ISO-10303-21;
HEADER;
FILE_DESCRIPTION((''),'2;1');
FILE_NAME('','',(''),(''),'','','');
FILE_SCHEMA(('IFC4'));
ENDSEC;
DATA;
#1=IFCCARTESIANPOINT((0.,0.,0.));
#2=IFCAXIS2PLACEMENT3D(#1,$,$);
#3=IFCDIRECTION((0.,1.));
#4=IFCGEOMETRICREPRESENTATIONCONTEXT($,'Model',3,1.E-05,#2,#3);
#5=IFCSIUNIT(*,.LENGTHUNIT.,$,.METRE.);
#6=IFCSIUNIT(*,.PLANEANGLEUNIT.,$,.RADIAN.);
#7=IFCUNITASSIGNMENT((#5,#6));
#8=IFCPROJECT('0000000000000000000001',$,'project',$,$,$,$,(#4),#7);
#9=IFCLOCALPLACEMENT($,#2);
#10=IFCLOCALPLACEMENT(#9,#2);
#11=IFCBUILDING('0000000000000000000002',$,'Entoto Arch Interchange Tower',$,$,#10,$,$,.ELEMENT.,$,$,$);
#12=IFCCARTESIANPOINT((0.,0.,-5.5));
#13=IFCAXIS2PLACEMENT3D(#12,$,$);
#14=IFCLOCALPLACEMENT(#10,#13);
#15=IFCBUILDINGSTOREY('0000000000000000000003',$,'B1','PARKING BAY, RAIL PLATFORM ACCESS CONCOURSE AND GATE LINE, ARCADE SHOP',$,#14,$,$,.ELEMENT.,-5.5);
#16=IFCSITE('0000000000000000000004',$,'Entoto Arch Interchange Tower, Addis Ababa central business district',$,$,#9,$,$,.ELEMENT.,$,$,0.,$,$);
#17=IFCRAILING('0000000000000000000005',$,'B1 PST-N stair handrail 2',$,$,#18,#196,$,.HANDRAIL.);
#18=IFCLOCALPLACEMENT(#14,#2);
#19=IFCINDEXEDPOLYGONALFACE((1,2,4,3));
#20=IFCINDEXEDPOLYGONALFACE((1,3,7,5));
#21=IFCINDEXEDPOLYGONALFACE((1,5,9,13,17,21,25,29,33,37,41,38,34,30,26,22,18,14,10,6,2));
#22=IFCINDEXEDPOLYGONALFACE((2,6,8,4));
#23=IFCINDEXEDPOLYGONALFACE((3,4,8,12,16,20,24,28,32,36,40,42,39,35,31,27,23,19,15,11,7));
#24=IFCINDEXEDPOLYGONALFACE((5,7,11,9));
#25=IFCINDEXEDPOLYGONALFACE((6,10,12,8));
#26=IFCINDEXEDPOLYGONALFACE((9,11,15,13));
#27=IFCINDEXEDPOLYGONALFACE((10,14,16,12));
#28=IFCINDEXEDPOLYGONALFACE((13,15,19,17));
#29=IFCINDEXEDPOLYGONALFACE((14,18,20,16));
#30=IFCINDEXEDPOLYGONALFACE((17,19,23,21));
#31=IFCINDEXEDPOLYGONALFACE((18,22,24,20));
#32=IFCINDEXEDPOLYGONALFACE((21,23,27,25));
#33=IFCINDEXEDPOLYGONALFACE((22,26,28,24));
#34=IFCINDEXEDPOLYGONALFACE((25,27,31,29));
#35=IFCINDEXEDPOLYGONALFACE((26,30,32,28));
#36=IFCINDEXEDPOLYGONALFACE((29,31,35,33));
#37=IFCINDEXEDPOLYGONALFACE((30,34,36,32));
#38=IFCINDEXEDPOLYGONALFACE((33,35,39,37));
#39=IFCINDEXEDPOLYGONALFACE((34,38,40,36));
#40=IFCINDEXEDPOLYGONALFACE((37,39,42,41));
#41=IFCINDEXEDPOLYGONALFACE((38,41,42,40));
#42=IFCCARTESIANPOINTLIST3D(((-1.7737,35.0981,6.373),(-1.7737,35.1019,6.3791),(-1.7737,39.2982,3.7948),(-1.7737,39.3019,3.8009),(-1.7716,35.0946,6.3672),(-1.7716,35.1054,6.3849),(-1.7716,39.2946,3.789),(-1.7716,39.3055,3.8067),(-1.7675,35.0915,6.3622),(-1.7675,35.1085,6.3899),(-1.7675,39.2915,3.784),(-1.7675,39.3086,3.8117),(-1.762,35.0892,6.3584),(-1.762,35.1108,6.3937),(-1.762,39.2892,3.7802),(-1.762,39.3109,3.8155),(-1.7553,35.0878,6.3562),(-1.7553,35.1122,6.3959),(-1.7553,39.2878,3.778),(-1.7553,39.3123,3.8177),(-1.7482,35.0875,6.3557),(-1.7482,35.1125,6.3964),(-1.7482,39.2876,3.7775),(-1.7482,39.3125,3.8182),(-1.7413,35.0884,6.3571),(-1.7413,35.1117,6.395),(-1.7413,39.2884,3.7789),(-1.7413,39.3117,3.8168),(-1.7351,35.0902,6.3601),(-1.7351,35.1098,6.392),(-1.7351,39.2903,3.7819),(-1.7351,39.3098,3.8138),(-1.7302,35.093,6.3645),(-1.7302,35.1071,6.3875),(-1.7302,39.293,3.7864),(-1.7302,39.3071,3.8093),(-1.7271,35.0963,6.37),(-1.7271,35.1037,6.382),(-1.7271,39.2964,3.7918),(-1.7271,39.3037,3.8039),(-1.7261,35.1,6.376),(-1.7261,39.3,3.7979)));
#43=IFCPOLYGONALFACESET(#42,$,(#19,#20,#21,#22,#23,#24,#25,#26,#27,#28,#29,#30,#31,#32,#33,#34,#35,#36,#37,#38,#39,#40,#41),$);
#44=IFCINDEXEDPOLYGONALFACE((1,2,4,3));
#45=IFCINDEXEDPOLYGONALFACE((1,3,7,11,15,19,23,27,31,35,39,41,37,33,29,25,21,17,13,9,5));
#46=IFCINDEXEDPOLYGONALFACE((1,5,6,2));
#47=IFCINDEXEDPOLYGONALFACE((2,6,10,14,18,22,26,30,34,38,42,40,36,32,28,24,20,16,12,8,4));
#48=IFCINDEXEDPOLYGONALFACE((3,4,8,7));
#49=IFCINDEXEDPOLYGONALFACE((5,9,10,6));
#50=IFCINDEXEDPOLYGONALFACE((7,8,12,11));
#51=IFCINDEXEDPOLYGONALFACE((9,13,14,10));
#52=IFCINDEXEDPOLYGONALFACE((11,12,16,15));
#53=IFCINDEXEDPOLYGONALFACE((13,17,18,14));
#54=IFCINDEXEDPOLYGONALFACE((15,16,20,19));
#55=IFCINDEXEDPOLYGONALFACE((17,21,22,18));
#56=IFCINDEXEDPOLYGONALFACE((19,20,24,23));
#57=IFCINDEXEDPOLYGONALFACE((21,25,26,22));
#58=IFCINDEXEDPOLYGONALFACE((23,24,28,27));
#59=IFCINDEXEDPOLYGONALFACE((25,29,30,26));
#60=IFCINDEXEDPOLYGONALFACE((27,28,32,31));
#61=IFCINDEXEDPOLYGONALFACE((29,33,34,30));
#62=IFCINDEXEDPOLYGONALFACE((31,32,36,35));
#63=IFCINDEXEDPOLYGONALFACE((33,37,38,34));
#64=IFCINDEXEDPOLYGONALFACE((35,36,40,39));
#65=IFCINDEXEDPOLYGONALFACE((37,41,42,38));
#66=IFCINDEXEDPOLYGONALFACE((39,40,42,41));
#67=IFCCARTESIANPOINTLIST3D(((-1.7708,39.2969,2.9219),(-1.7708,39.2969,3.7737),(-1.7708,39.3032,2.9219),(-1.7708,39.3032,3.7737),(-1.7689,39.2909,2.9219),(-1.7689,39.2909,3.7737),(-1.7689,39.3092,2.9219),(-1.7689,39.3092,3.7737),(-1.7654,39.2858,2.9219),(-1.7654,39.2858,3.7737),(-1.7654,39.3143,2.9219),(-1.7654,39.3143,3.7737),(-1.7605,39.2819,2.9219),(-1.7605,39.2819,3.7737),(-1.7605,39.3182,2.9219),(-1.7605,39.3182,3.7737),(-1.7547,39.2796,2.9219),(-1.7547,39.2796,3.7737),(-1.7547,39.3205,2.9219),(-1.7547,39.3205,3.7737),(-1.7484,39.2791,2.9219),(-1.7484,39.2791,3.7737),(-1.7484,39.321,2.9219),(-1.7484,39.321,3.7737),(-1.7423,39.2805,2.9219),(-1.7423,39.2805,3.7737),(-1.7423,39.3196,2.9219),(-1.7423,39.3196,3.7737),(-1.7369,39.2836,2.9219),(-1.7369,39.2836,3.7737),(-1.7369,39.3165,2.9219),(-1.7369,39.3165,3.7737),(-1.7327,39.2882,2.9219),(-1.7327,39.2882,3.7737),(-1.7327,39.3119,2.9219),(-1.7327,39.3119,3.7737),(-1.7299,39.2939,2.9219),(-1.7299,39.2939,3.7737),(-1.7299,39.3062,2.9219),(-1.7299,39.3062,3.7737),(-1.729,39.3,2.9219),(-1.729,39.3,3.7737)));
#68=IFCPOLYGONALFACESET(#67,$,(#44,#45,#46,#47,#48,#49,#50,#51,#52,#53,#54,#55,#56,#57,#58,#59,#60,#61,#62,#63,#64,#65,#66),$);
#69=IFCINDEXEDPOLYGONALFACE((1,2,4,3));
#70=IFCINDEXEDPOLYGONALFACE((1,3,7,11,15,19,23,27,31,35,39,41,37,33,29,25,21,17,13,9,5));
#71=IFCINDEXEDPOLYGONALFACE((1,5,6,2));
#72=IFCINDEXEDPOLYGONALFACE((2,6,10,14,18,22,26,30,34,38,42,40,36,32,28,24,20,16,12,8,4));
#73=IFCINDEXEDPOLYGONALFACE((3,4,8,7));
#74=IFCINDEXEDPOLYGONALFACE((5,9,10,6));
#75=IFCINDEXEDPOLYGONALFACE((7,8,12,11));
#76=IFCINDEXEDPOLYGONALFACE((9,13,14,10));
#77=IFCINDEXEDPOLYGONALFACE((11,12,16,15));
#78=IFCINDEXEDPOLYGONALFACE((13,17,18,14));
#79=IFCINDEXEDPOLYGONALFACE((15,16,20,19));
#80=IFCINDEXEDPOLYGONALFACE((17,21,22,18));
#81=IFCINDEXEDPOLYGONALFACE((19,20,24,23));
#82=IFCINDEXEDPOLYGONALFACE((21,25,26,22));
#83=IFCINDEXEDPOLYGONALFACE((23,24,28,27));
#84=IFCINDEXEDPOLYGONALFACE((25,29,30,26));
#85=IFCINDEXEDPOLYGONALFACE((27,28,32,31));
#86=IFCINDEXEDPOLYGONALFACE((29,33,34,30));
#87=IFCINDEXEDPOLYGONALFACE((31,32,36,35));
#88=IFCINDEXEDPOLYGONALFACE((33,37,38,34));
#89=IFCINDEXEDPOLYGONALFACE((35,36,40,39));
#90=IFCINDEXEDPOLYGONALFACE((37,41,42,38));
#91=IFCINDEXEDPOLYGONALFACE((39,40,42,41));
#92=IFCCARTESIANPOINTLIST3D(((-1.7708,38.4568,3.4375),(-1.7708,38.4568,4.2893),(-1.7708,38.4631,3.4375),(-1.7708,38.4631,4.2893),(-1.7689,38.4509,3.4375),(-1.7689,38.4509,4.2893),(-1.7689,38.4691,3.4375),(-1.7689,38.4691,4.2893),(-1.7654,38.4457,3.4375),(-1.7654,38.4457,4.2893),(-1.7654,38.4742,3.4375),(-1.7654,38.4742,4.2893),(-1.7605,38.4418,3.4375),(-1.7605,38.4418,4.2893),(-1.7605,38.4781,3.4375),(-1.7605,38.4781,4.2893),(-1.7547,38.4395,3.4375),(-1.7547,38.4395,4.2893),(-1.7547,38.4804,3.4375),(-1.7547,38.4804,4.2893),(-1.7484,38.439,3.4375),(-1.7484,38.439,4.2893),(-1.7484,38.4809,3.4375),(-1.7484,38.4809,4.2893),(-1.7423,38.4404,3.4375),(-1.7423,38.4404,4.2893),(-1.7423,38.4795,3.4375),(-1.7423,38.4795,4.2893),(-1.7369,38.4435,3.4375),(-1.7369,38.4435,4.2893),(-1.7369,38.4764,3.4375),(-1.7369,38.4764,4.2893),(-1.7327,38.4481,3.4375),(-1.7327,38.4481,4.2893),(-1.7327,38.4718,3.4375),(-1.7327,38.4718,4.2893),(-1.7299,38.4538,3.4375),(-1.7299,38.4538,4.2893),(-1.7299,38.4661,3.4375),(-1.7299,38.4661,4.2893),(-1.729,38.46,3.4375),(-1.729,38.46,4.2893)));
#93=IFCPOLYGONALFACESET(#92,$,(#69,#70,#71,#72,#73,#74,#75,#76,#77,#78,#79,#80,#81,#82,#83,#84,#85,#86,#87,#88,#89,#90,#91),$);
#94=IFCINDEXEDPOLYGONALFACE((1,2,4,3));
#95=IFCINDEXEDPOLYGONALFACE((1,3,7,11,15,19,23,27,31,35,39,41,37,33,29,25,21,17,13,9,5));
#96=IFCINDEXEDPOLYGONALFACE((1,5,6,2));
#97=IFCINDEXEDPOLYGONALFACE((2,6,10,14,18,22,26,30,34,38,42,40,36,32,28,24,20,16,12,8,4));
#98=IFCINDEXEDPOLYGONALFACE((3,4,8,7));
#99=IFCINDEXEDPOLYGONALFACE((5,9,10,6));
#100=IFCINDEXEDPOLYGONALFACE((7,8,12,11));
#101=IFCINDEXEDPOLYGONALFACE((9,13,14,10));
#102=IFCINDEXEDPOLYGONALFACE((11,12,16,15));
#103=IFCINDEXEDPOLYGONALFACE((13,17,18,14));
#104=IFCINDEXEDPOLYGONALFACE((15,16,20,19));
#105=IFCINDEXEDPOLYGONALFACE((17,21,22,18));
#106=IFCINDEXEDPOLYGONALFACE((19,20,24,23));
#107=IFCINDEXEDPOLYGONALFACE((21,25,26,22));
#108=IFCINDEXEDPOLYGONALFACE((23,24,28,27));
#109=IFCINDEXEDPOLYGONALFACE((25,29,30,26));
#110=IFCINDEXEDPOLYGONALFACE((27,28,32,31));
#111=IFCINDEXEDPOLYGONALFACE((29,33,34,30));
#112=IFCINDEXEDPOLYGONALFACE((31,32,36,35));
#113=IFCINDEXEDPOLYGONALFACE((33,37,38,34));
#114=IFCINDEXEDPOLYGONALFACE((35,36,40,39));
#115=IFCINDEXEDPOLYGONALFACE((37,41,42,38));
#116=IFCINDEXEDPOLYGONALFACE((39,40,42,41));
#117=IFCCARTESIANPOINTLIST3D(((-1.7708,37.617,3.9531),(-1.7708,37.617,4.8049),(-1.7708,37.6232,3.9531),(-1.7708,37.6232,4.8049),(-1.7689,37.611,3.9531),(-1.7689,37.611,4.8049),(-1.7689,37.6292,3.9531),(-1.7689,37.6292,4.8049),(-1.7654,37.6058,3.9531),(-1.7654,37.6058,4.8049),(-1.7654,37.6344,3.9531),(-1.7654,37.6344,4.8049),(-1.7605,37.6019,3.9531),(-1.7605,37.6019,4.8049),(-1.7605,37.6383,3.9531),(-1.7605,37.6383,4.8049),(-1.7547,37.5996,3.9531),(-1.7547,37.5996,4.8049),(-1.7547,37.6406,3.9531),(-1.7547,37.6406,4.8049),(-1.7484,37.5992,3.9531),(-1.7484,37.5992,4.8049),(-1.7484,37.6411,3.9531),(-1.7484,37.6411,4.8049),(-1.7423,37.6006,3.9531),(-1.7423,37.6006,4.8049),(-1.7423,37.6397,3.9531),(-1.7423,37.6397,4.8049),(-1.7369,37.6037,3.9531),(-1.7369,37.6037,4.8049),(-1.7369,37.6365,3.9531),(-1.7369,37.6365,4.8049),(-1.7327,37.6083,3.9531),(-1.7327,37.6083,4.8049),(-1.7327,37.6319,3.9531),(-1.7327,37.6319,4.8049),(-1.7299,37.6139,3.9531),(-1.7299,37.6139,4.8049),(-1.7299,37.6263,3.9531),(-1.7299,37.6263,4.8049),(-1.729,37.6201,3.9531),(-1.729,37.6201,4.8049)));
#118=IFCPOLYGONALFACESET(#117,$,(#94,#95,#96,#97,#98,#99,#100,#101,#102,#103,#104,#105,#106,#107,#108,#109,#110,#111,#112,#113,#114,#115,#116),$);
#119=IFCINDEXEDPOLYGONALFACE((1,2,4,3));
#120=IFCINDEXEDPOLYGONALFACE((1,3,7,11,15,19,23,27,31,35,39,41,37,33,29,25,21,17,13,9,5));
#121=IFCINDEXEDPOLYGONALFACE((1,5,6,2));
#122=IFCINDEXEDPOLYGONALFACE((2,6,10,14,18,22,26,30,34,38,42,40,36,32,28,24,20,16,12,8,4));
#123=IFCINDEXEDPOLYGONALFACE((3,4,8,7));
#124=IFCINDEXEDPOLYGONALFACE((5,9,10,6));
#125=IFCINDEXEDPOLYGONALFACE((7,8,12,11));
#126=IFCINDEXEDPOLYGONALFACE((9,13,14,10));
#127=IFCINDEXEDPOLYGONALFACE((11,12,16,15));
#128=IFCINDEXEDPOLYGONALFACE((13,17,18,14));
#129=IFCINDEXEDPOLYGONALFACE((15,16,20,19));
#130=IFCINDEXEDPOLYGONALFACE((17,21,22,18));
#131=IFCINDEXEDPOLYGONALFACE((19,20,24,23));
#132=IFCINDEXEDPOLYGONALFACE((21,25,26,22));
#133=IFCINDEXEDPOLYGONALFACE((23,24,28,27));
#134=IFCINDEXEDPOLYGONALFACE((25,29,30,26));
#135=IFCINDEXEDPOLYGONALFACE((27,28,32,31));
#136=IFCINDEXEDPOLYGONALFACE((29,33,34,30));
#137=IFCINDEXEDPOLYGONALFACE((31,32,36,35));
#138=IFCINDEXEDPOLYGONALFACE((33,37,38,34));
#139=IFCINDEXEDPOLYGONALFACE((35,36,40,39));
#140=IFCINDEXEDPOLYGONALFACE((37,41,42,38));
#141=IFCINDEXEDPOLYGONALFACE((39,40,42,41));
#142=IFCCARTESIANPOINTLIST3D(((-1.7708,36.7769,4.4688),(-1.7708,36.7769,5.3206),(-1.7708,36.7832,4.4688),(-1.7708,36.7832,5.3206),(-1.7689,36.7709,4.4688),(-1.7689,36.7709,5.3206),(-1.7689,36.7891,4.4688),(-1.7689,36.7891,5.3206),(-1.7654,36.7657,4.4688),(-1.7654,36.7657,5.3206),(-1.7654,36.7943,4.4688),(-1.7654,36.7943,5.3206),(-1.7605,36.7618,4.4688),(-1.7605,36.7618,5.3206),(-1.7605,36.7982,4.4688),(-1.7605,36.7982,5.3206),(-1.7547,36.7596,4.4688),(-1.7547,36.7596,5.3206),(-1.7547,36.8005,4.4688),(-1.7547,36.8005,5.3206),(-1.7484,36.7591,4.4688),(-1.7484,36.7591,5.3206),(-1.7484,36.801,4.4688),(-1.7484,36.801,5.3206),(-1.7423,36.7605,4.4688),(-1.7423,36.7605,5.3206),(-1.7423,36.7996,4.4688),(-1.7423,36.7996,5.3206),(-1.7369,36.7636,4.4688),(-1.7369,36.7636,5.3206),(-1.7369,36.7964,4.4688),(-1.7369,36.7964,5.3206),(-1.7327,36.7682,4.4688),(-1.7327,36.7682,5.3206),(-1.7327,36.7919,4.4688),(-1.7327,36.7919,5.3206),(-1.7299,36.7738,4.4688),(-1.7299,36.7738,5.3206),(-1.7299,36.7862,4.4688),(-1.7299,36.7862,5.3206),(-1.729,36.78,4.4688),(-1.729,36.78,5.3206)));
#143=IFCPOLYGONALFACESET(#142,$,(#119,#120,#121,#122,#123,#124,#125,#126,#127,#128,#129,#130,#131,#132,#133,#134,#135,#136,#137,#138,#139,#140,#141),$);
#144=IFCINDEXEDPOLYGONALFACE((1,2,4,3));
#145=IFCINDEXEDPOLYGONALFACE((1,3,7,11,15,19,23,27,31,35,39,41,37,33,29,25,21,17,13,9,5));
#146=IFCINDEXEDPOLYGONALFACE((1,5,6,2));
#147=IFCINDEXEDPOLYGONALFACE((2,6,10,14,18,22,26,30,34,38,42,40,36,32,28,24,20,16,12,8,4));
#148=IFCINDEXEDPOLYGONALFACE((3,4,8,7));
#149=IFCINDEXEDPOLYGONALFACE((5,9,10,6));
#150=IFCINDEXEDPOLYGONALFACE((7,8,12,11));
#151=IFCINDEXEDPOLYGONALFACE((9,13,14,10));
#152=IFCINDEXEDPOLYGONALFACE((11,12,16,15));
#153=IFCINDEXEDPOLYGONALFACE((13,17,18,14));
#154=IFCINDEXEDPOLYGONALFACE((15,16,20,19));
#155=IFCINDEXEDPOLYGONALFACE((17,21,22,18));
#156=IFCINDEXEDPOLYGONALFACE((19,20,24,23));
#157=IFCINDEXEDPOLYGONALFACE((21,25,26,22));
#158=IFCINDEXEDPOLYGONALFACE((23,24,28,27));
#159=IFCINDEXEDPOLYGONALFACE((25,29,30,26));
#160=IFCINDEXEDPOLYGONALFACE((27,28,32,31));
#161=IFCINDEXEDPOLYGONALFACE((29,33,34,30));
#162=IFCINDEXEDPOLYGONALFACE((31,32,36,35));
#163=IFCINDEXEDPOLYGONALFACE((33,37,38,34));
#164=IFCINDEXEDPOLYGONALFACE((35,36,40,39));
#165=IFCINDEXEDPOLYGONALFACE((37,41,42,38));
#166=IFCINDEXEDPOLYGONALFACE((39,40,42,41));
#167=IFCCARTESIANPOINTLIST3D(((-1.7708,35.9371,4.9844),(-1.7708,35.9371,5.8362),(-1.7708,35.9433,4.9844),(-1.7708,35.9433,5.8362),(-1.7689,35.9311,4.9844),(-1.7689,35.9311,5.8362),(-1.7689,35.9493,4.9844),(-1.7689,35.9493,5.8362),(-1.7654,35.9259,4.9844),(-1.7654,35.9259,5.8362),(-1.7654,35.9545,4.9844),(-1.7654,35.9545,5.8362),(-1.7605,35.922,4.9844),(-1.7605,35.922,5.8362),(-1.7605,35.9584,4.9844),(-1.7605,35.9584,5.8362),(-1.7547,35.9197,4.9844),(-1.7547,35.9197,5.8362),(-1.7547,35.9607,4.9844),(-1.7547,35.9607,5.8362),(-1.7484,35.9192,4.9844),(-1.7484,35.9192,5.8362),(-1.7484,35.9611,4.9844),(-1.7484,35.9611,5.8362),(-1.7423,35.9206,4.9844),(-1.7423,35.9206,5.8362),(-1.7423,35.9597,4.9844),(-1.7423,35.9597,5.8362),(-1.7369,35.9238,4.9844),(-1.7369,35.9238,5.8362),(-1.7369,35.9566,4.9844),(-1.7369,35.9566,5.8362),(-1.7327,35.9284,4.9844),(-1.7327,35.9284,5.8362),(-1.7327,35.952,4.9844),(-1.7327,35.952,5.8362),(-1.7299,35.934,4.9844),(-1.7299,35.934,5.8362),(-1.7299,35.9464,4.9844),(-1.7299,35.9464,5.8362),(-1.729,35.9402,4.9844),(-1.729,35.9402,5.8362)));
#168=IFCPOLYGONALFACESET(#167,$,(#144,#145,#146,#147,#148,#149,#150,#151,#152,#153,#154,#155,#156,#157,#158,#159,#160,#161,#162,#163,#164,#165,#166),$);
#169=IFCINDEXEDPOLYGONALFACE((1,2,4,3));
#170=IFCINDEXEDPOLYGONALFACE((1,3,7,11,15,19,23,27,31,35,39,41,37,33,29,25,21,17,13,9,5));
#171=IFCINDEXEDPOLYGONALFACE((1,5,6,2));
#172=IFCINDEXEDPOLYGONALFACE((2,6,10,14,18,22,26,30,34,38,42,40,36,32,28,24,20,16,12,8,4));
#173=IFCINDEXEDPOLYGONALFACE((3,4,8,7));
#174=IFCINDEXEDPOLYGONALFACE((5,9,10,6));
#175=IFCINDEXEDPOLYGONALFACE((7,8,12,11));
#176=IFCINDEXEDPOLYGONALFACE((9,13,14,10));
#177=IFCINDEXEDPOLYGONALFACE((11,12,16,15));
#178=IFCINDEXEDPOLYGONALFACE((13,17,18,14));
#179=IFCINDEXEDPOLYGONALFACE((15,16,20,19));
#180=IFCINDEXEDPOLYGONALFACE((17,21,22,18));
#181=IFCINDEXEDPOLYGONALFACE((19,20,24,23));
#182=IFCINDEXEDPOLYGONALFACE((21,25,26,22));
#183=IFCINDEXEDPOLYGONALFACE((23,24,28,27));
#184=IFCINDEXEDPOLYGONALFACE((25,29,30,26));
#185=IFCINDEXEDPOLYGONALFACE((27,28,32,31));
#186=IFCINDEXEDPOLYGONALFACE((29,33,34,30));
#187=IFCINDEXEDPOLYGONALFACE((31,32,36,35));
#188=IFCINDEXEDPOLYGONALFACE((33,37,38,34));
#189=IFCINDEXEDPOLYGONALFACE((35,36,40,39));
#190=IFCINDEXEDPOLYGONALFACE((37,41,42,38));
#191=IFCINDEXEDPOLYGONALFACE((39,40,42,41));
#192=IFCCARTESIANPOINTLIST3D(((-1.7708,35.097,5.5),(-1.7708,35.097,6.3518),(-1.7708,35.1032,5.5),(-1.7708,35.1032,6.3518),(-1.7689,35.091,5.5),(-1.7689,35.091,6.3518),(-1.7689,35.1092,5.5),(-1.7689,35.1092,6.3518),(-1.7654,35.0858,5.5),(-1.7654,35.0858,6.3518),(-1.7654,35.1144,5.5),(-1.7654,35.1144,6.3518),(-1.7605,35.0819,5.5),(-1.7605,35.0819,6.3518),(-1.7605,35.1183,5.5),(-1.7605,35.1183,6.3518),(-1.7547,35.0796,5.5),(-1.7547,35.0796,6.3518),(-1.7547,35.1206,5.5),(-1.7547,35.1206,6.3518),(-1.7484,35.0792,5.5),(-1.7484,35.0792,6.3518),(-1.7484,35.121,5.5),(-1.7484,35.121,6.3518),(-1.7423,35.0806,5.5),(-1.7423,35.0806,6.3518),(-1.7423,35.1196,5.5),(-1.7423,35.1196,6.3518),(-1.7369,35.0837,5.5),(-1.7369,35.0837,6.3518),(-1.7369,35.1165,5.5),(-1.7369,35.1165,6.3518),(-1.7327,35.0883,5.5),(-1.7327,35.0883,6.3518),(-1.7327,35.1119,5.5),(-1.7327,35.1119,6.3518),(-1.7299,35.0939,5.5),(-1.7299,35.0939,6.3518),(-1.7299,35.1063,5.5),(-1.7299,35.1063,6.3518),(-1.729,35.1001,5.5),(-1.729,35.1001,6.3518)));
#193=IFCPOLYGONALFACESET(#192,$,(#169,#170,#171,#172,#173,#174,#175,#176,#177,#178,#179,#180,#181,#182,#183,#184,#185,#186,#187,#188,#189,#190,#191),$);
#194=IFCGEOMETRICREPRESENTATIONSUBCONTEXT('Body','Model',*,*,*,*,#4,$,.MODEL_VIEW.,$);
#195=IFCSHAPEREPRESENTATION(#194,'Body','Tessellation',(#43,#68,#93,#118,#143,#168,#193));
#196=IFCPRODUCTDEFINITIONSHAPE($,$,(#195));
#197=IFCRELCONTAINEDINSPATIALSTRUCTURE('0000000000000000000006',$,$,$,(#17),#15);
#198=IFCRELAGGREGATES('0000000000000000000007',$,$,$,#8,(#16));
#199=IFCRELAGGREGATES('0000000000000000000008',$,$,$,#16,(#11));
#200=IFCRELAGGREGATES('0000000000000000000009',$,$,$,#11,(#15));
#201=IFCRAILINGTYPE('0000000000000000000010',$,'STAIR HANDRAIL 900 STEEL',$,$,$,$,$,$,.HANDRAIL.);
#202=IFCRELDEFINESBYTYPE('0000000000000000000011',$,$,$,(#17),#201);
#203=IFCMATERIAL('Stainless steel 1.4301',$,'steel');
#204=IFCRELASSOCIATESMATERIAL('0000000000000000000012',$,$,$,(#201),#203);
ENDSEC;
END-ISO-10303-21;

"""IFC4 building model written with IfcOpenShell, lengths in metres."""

from ifc_helpers import new_model, si_unit, direction, frame, origin, origin_2d, place, context, subcontext, project, spatial, circle, extrude, material, type_object, element, save


model = new_model("IFC4")

# Units and contexts
model_context = context("Model", 3, precision=1e-05, world=origin(), true_north=direction((0.0, 1.0)))
body_context = subcontext(model_context, "Body", "Model", "MODEL_VIEW")
ifc_project = project(units=[si_unit("LENGTHUNIT", "METRE"), si_unit("PLANEANGLEUNIT", "RADIAN")], contexts=[model_context])

# Site, building, storey
site_placement = place(None, origin())
site = spatial("IfcSite", under=ifc_project, at=site_placement, Name="Entoto Arch Interchange Tower, Addis Ababa central business district", CompositionType="ELEMENT", RefElevation=0.0)
building_placement = place(site_placement, origin())
building = spatial("IfcBuilding", under=site, at=building_placement, Name="Entoto Arch Interchange Tower", CompositionType="ELEMENT")
storey_placement = place(building_placement, frame((0.0, 0.0, -5.5)))
storey = spatial("IfcBuildingStorey", under=building, at=storey_placement, Name="B1", Description="PARKING BAY, RAIL PLATFORM ACCESS CONCOURSE AND GATE LINE, ARCADE SHOP", CompositionType="ELEMENT", Elevation=-5.5)

# Railing
ifc_material_1 = material(Name="Stainless steel 1.4301", Category="steel")
railing_type_1 = type_object("IfcRailingType", Name="STAIR HANDRAIL 900 STEEL", PredefinedType="HANDRAIL", material=ifc_material_1)
railing_1_placement = place(storey_placement, frame((-1.75, 39.3, 2.9219)))
element("IfcRailing", 1, at=railing_1_placement, inside=storey, type_object=railing_type_1, Name="B1 PST-N stair handrail 2", PredefinedType="HANDRAIL", context=body_context, shape_type="SweptSolid", body=[
    extrude(circle(Radius=0.0239, at=origin_2d()), frame((0.0, 0.0, 0.876), z_axis=(0.0, -0.852243, 0.523146), x_axis=(1.0, 0.0, 0.0)), (0.0, 0.0, 1.0), 4.9282),
    extrude(circle(Radius=0.021, at=origin_2d()), origin(), (0.0, 0.0, 1.0), 0.8518),
    extrude(circle(Radius=0.021, at=origin_2d()), frame((0.0, -0.8401, 0.5156)), (0.0, 0.0, 1.0), 0.8518),
    extrude(circle(Radius=0.021, at=origin_2d()), frame((0.0, -1.6799, 1.0312)), (0.0, 0.0, 1.0), 0.8518),
    extrude(circle(Radius=0.021, at=origin_2d()), frame((0.0, -2.52, 1.5469)), (0.0, 0.0, 1.0), 0.8518),
    extrude(circle(Radius=0.021, at=origin_2d()), frame((0.0, -3.3599, 2.0625)), (0.0, 0.0, 1.0), 0.8518),
    extrude(circle(Radius=0.021, at=origin_2d()), frame((0.0, -4.2, 2.5781)), (0.0, 0.0, 1.0), 0.8518),
])

save(model, "model.ifc")
